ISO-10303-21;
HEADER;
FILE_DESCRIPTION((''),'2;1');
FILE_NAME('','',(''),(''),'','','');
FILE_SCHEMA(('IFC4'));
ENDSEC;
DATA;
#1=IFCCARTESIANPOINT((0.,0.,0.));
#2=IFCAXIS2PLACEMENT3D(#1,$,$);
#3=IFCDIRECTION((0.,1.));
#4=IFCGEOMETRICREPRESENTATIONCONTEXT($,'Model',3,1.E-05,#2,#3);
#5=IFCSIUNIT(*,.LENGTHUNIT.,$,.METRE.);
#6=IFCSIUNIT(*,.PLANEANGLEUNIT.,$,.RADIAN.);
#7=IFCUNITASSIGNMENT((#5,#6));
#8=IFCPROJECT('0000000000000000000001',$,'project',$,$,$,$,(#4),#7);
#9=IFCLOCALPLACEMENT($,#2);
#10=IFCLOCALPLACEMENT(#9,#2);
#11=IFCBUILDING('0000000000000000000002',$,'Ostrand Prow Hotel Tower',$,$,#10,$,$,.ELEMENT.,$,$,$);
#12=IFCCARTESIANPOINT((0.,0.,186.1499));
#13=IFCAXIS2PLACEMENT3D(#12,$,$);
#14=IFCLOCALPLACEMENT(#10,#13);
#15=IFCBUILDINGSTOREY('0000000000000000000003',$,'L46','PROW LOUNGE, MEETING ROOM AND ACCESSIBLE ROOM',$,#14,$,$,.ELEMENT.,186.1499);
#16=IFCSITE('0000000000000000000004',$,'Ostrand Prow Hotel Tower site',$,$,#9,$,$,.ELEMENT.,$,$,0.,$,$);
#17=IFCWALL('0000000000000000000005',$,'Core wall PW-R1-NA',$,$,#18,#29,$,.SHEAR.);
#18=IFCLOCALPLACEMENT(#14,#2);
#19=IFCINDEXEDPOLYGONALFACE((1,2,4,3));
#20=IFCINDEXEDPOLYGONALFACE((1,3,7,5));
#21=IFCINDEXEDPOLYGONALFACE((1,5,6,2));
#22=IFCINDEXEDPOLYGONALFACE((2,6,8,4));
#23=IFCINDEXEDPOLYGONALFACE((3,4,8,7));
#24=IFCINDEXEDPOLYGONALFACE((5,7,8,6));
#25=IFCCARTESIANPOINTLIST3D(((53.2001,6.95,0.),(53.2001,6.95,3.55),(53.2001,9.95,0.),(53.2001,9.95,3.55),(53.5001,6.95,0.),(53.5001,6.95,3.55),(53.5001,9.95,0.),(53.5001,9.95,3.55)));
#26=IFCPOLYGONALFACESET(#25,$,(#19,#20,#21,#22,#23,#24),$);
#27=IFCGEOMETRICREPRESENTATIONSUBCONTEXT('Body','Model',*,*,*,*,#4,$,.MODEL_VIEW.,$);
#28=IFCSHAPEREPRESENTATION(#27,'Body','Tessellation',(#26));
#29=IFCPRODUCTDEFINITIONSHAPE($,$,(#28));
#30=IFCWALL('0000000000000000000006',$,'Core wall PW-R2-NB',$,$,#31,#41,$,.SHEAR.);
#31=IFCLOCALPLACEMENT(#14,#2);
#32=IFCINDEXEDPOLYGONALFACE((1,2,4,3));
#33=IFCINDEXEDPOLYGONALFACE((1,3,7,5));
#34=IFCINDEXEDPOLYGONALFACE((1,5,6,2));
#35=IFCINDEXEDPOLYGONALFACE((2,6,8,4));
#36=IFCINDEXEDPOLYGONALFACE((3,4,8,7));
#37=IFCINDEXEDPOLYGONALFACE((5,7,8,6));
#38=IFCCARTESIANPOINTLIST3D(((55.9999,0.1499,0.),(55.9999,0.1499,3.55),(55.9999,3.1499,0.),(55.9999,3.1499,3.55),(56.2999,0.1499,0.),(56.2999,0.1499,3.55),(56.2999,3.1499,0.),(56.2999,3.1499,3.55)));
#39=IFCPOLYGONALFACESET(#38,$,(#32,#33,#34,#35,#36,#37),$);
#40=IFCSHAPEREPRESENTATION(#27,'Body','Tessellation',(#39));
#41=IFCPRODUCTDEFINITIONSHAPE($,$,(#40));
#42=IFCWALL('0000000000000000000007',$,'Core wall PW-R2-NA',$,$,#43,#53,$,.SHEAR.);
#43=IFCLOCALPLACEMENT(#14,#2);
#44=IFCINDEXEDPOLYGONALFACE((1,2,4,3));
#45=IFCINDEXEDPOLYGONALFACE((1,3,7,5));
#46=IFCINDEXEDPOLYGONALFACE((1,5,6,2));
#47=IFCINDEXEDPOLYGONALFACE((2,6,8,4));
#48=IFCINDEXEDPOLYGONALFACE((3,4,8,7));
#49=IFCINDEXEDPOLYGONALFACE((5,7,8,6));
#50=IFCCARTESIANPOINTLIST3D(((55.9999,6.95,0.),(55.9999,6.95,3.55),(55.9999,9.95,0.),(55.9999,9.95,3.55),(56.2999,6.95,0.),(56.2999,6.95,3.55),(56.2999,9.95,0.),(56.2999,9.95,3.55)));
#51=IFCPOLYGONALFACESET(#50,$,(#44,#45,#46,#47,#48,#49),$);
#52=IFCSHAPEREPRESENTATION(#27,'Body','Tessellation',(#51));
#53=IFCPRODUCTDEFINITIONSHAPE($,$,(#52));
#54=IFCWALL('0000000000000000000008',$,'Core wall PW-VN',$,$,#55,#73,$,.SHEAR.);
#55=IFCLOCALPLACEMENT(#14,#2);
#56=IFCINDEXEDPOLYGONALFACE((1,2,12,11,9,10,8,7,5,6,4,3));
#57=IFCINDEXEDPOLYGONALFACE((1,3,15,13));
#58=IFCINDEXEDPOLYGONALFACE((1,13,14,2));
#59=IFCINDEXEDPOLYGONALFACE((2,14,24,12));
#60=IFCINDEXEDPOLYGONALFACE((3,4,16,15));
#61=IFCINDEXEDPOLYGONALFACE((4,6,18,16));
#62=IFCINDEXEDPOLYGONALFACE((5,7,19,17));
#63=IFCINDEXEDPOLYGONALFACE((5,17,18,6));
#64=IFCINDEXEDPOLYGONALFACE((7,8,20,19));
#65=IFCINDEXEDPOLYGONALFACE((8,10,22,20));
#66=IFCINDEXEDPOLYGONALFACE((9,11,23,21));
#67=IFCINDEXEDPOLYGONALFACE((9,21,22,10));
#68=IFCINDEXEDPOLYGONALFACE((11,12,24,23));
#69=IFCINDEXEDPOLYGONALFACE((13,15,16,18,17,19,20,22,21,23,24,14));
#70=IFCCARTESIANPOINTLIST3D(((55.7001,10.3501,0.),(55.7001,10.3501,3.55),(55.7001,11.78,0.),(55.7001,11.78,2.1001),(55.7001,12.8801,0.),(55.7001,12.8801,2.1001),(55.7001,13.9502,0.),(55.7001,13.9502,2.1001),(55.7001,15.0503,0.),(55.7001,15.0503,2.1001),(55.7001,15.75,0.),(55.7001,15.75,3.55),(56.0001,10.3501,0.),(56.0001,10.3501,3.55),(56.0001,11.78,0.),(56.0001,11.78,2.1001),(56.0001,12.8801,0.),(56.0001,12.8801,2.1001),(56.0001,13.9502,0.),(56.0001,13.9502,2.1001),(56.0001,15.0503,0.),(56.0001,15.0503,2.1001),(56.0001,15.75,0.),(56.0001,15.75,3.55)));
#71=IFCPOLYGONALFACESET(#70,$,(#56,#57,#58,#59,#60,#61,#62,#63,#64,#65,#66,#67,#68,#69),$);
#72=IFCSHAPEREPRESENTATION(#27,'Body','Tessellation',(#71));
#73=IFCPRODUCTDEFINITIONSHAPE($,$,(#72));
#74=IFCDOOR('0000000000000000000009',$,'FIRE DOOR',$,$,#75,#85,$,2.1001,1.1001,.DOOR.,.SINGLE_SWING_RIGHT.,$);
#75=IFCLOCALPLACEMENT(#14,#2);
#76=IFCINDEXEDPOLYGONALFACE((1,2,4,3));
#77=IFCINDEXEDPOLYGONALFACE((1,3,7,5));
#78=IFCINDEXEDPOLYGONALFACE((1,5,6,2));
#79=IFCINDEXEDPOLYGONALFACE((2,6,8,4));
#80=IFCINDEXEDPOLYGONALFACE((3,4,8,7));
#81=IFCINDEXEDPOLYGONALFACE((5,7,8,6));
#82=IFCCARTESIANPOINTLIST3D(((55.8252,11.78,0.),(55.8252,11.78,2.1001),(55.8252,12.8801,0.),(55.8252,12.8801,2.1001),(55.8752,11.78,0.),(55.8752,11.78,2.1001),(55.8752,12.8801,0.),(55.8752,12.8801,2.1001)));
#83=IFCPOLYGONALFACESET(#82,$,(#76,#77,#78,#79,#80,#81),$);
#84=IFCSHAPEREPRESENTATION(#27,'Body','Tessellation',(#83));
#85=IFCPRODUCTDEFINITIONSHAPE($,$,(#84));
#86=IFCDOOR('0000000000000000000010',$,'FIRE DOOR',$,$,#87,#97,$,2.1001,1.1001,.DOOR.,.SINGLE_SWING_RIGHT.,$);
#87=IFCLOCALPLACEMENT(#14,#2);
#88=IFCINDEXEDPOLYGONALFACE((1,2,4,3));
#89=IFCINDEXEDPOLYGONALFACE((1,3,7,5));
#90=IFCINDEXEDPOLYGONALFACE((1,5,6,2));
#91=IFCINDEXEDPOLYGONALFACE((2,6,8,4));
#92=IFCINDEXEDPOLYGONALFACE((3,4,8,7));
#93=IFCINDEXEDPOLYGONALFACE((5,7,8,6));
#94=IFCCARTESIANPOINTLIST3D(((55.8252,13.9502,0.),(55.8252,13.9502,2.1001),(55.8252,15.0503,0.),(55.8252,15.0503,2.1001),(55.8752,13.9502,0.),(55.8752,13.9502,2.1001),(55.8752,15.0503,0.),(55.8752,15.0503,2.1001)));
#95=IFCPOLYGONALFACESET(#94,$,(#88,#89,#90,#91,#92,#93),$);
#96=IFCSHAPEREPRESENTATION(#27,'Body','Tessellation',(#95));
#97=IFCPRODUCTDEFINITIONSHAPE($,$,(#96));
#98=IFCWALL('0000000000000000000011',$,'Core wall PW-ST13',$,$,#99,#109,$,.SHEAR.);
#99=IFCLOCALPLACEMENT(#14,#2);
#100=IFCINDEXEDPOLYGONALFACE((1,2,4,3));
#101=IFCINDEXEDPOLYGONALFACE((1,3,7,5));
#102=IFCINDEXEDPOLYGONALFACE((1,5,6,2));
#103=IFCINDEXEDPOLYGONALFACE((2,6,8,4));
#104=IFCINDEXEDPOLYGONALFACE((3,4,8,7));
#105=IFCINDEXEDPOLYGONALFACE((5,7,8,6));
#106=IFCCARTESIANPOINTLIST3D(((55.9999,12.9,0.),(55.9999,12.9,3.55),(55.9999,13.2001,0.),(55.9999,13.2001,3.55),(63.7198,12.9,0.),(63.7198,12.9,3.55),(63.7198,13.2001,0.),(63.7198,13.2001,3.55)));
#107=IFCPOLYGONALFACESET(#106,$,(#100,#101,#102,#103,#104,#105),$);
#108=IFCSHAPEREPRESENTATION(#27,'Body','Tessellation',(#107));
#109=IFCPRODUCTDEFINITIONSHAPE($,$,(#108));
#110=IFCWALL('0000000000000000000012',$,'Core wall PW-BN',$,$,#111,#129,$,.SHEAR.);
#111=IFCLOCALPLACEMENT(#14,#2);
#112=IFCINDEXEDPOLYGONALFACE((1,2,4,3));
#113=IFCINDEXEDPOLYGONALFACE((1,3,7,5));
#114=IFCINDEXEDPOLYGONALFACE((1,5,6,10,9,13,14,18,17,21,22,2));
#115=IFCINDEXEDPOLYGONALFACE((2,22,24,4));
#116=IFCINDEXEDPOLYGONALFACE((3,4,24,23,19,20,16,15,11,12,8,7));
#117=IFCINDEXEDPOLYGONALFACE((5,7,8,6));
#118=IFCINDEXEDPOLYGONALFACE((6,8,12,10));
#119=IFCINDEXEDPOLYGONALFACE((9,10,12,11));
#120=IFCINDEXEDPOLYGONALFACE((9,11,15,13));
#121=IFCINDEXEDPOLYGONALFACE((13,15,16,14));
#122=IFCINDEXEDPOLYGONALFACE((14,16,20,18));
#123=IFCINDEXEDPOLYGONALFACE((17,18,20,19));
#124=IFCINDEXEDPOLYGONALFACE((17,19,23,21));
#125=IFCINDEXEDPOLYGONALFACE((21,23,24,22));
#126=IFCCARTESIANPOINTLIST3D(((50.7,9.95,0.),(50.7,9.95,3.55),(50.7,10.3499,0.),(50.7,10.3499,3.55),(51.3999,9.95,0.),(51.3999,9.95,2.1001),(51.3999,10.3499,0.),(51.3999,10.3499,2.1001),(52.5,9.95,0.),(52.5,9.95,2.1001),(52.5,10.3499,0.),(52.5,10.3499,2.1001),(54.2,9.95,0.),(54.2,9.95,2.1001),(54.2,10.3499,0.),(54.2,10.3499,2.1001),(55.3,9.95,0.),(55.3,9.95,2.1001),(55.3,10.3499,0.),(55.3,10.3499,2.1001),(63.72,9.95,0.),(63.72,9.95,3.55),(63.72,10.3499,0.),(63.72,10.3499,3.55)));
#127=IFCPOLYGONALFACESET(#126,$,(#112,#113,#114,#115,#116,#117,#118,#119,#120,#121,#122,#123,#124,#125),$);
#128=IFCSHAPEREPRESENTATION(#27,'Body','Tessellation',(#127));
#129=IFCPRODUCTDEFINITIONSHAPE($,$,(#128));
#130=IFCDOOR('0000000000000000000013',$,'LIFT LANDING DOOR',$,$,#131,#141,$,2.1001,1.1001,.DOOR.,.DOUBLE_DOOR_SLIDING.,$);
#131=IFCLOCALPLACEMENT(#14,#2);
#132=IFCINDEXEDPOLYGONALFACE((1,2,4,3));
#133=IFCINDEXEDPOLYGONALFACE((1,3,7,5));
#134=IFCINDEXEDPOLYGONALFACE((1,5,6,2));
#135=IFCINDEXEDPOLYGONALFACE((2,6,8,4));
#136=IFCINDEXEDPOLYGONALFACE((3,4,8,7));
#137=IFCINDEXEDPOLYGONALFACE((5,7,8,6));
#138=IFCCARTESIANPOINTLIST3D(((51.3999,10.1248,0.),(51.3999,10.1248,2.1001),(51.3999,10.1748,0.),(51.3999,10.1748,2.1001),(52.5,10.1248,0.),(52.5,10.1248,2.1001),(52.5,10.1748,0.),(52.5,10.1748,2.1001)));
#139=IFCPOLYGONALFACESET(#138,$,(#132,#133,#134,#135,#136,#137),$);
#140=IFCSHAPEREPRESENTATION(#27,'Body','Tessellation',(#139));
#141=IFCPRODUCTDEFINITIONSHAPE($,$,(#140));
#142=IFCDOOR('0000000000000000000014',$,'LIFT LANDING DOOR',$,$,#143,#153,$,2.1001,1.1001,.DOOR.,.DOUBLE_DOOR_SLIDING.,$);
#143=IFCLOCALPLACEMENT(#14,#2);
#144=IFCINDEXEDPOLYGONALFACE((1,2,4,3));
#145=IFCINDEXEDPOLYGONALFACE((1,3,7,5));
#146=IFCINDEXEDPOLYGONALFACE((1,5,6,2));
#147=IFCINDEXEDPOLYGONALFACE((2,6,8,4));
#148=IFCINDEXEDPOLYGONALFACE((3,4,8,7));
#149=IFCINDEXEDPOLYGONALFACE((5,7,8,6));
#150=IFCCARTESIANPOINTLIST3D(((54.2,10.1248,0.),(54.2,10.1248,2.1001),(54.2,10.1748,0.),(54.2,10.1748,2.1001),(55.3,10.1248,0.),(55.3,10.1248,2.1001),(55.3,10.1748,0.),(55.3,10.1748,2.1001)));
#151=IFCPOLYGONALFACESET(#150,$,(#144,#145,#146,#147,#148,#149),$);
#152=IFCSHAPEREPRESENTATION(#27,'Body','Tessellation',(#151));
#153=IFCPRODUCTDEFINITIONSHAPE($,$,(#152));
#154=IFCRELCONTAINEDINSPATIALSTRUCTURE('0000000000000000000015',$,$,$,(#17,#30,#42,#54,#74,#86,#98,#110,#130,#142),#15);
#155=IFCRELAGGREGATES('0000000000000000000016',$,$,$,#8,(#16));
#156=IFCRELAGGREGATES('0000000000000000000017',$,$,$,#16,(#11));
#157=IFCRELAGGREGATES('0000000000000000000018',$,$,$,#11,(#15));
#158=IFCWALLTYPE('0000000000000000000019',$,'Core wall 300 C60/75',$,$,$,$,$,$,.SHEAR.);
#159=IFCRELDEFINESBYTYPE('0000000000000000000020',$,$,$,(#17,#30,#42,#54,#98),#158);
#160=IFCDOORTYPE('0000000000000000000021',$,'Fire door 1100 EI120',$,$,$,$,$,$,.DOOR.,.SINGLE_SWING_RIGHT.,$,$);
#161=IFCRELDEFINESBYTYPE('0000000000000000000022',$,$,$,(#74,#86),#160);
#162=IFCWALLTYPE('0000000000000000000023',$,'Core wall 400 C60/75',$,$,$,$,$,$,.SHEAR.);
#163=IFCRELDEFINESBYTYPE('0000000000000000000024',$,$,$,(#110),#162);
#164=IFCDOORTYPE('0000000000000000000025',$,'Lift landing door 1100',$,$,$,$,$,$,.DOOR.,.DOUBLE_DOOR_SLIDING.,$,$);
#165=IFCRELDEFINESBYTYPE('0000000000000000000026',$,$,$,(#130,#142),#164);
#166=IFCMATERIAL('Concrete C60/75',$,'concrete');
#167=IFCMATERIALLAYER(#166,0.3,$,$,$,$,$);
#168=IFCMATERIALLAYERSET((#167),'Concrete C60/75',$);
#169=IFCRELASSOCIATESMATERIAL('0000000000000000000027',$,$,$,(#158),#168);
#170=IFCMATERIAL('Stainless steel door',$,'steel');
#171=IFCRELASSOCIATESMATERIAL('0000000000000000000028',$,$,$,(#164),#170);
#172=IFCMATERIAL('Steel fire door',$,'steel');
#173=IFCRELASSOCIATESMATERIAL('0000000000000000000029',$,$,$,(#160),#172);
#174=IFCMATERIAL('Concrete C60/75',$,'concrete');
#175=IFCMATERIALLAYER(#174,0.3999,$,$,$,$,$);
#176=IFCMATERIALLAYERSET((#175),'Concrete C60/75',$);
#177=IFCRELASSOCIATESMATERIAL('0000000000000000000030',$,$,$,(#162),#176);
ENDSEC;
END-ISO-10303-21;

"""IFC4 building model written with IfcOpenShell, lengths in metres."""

from ifc_helpers import new_model, si_unit, direction, frame, frame_2d, origin, place, context, subcontext, project, spatial, rectangle, extrude, material, layer, layer_set, type_object, element, fill, save


model = new_model("IFC4")

# Units and contexts
model_context = context("Model", 3, precision=1e-05, world=origin(), true_north=direction((0.0, 1.0)))
body_context = subcontext(model_context, "Body", "Model", "MODEL_VIEW")
ifc_project = project(units=[si_unit("LENGTHUNIT", "METRE"), si_unit("PLANEANGLEUNIT", "RADIAN")], contexts=[model_context])

# Site, building, storey
site_placement = place(None, origin())
site = spatial("IfcSite", under=ifc_project, at=site_placement, Name="Ostrand Prow Hotel Tower site", CompositionType="ELEMENT", RefElevation=0.0)
building_placement = place(site_placement, origin())
building = spatial("IfcBuilding", under=site, at=building_placement, Name="Ostrand Prow Hotel Tower", CompositionType="ELEMENT")
storey_placement = place(building_placement, frame((0.0, 0.0, 186.1499)))
storey = spatial("IfcBuildingStorey", under=building, at=storey_placement, Name="L46", Description="PROW LOUNGE, MEETING ROOM AND ACCESSIBLE ROOM", CompositionType="ELEMENT", Elevation=186.1499)

# Shared definitions
ifc_material_1 = material(Name="Concrete C60/75", Category="concrete")
ifc_layer_1 = layer(ifc_material_1, 0.3)
ifc_layer_set_1 = layer_set([ifc_layer_1], Name="Concrete C60/75")
wall_type_1 = type_object("IfcWallType", Name="Core wall 300 C60/75", PredefinedType="SHEAR", material=ifc_layer_set_1)
ifc_material_2 = material(Name="Stainless steel door", Category="steel")
door_type_1 = type_object("IfcDoorType", Name="Lift landing door 1100", OperationType="DOUBLE_DOOR_SLIDING", PredefinedType="DOOR", material=ifc_material_2)

# Walls
for number, where, z_axis, x_axis, name in (
    (1, (53.3501, 6.95, 0.0), (0.0, 0.0, 1.0), (0.0, 1.0, 0.0), "Core wall PW-R1-NA"),
    (2, (56.1499, 0.1499, 0.0), (0.0, 0.0, 1.0), (0.0, 1.0, 0.0), "Core wall PW-R2-NB"),
    (3, (56.1499, 6.95, 0.0), (0.0, 0.0, 1.0), (0.0, 1.0, 0.0), "Core wall PW-R2-NA"),
):
    element("IfcWall", number, at=place(storey_placement, frame(where, z_axis=z_axis, x_axis=x_axis)), inside=storey, type_object=wall_type_1, Name=name, PredefinedType="SHEAR", context=body_context, shape_type="SweptSolid", body=[
        extrude(rectangle(XDim=3.0, YDim=0.3, at=frame_2d((1.5, 0.0))), origin(), (0.0, 0.0, 1.0), 3.55),
    ])

# Wall, openings, doors
wall_1_placement = place(storey_placement, frame((55.8501, 10.3501, 0.0), z_axis=(0.0, 0.0, 1.0), x_axis=(0.0, 1.0, 0.0)))
wall_1 = element("IfcWall", 4, at=wall_1_placement, inside=storey, type_object=wall_type_1, Name="Core wall PW-VN", PredefinedType="SHEAR", context=body_context, shape_type="SweptSolid", body=[
    extrude(rectangle(XDim=5.3999, YDim=0.3, at=frame_2d((2.7, 0.0))), origin(), (0.0, 0.0, 1.0), 3.55),
])
opening_1_placement = place(wall_1_placement, frame((1.4299, 0.0, 0.0)))
opening_1 = element("IfcOpeningElement", 5, at=opening_1_placement, cuts=wall_1, PredefinedType="OPENING", context=body_context, shape_type="SweptSolid", body=[
    extrude(rectangle(XDim=1.1001, YDim=2.1001, at=frame_2d((0.55, 1.05))), frame((0.0, 0.1599, 0.0), z_axis=(0.0, -1.0, 0.0), x_axis=(1.0, 0.0, 0.0)), (0.0, 0.0, 1.0), 0.3201),
])
opening_2_placement = place(wall_1_placement, frame((3.6001, 0.0, 0.0)))
opening_2 = element("IfcOpeningElement", 6, at=opening_2_placement, cuts=wall_1, PredefinedType="OPENING", context=body_context, shape_type="SweptSolid", body=[
    extrude(rectangle(XDim=1.1001, YDim=2.1001, at=frame_2d((0.55, 1.05))), frame((0.0, 0.1599, 0.0), z_axis=(0.0, -1.0, 0.0), x_axis=(1.0, 0.0, 0.0)), (0.0, 0.0, 1.0), 0.3201),
])
ifc_material_3 = material(Name="Steel fire door", Category="steel")
door_type_2 = type_object("IfcDoorType", Name="Fire door 1100 EI120", OperationType="SINGLE_SWING_RIGHT", PredefinedType="DOOR", material=ifc_material_3)
door_1_placement = place(opening_1_placement, origin())
door_1 = element("IfcDoor", 7, at=door_1_placement, inside=storey, type_object=door_type_2, Name="FIRE DOOR", OperationType="SINGLE_SWING_RIGHT", OverallHeight=2.1001, OverallWidth=1.1001, PredefinedType="DOOR", context=body_context, shape_type="SweptSolid", body=[
    extrude(rectangle(XDim=1.1001, YDim=2.1001, at=frame_2d((0.55, 1.05))), frame((0.0, 0.0249, 0.0), z_axis=(0.0, -1.0, 0.0), x_axis=(1.0, 0.0, 0.0)), (0.0, 0.0, 1.0), 0.05),
])
fill(opening_1, door_1)
door_2_placement = place(opening_2_placement, origin())
door_2 = element("IfcDoor", 8, at=door_2_placement, inside=storey, type_object=door_type_2, Name="FIRE DOOR", OperationType="SINGLE_SWING_RIGHT", OverallHeight=2.1001, OverallWidth=1.1001, PredefinedType="DOOR", context=body_context, shape_type="SweptSolid", body=[
    extrude(rectangle(XDim=1.1001, YDim=2.1001, at=frame_2d((0.55, 1.05))), frame((0.0, 0.0249, 0.0), z_axis=(0.0, -1.0, 0.0), x_axis=(1.0, 0.0, 0.0)), (0.0, 0.0, 1.0), 0.05),
])
fill(opening_2, door_2)

# Wall
wall_2_placement = place(storey_placement, frame((56.0, 13.05, 0.0), z_axis=(0.0, 0.0, 1.0), x_axis=(1.0, 0.0, 0.0)))
element("IfcWall", 9, at=wall_2_placement, inside=storey, type_object=wall_type_1, Name="Core wall PW-ST13", PredefinedType="SHEAR", context=body_context, shape_type="SweptSolid", body=[
    extrude(rectangle(XDim=7.72, YDim=0.3, at=frame_2d((3.8599, 0.0))), origin(), (0.0, 0.0, 1.0), 3.55),
])

# Wall, openings, doors
ifc_material_4 = material(Name="Concrete C60/75", Category="concrete")
ifc_layer_2 = layer(ifc_material_4, 0.3999)
ifc_layer_set_2 = layer_set([ifc_layer_2], Name="Concrete C60/75")
wall_type_2 = type_object("IfcWallType", Name="Core wall 400 C60/75", PredefinedType="SHEAR", material=ifc_layer_set_2)
wall_3_placement = place(storey_placement, frame((50.7, 10.1499, 0.0), z_axis=(0.0, 0.0, 1.0), x_axis=(1.0, 0.0, 0.0)))
wall_3 = element("IfcWall", 10, at=wall_3_placement, inside=storey, type_object=wall_type_2, Name="Core wall PW-BN", PredefinedType="SHEAR", context=body_context, shape_type="SweptSolid", body=[
    extrude(rectangle(XDim=13.02, YDim=0.3999, at=frame_2d((6.51, 0.0))), origin(), (0.0, 0.0, 1.0), 3.55),
])
opening_3_placement = place(wall_3_placement, frame((0.7, 0.0, 0.0)))
opening_3 = element("IfcOpeningElement", 11, at=opening_3_placement, cuts=wall_3, PredefinedType="OPENING", context=body_context, shape_type="SweptSolid", body=[
    extrude(rectangle(XDim=1.1001, YDim=2.1001, at=frame_2d((0.55, 1.05))), frame((0.0, 0.21, 0.0), z_axis=(0.0, -1.0, 0.0), x_axis=(1.0, 0.0, 0.0)), (0.0, 0.0, 1.0), 0.4199),
])
opening_4_placement = place(wall_3_placement, frame((3.5, 0.0, 0.0)))
opening_4 = element("IfcOpeningElement", 12, at=opening_4_placement, cuts=wall_3, PredefinedType="OPENING", context=body_context, shape_type="SweptSolid", body=[
    extrude(rectangle(XDim=1.1001, YDim=2.1001, at=frame_2d((0.55, 1.05))), frame((0.0, 0.21, 0.0), z_axis=(0.0, -1.0, 0.0), x_axis=(1.0, 0.0, 0.0)), (0.0, 0.0, 1.0), 0.4199),
])
door_3_placement = place(opening_3_placement, origin())
door_3 = element("IfcDoor", 13, at=door_3_placement, inside=storey, type_object=door_type_1, Name="LIFT LANDING DOOR", OperationType="DOUBLE_DOOR_SLIDING", OverallHeight=2.1001, OverallWidth=1.1001, PredefinedType="DOOR", context=body_context, shape_type="SweptSolid", body=[
    extrude(rectangle(XDim=1.1001, YDim=2.1001, at=frame_2d((0.55, 1.05))), frame((0.0, 0.0249, 0.0), z_axis=(0.0, -1.0, 0.0), x_axis=(1.0, 0.0, 0.0)), (0.0, 0.0, 1.0), 0.05),
])
fill(opening_3, door_3)
door_4_placement = place(opening_4_placement, origin())
door_4 = element("IfcDoor", 14, at=door_4_placement, inside=storey, type_object=door_type_1, Name="LIFT LANDING DOOR", OperationType="DOUBLE_DOOR_SLIDING", OverallHeight=2.1001, OverallWidth=1.1001, PredefinedType="DOOR", context=body_context, shape_type="SweptSolid", body=[
    extrude(rectangle(XDim=1.1001, YDim=2.1001, at=frame_2d((0.55, 1.05))), frame((0.0, 0.0249, 0.0), z_axis=(0.0, -1.0, 0.0), x_axis=(1.0, 0.0, 0.0)), (0.0, 0.0, 1.0), 0.05),
])
fill(opening_4, door_4)

save(model, "model.ifc")
